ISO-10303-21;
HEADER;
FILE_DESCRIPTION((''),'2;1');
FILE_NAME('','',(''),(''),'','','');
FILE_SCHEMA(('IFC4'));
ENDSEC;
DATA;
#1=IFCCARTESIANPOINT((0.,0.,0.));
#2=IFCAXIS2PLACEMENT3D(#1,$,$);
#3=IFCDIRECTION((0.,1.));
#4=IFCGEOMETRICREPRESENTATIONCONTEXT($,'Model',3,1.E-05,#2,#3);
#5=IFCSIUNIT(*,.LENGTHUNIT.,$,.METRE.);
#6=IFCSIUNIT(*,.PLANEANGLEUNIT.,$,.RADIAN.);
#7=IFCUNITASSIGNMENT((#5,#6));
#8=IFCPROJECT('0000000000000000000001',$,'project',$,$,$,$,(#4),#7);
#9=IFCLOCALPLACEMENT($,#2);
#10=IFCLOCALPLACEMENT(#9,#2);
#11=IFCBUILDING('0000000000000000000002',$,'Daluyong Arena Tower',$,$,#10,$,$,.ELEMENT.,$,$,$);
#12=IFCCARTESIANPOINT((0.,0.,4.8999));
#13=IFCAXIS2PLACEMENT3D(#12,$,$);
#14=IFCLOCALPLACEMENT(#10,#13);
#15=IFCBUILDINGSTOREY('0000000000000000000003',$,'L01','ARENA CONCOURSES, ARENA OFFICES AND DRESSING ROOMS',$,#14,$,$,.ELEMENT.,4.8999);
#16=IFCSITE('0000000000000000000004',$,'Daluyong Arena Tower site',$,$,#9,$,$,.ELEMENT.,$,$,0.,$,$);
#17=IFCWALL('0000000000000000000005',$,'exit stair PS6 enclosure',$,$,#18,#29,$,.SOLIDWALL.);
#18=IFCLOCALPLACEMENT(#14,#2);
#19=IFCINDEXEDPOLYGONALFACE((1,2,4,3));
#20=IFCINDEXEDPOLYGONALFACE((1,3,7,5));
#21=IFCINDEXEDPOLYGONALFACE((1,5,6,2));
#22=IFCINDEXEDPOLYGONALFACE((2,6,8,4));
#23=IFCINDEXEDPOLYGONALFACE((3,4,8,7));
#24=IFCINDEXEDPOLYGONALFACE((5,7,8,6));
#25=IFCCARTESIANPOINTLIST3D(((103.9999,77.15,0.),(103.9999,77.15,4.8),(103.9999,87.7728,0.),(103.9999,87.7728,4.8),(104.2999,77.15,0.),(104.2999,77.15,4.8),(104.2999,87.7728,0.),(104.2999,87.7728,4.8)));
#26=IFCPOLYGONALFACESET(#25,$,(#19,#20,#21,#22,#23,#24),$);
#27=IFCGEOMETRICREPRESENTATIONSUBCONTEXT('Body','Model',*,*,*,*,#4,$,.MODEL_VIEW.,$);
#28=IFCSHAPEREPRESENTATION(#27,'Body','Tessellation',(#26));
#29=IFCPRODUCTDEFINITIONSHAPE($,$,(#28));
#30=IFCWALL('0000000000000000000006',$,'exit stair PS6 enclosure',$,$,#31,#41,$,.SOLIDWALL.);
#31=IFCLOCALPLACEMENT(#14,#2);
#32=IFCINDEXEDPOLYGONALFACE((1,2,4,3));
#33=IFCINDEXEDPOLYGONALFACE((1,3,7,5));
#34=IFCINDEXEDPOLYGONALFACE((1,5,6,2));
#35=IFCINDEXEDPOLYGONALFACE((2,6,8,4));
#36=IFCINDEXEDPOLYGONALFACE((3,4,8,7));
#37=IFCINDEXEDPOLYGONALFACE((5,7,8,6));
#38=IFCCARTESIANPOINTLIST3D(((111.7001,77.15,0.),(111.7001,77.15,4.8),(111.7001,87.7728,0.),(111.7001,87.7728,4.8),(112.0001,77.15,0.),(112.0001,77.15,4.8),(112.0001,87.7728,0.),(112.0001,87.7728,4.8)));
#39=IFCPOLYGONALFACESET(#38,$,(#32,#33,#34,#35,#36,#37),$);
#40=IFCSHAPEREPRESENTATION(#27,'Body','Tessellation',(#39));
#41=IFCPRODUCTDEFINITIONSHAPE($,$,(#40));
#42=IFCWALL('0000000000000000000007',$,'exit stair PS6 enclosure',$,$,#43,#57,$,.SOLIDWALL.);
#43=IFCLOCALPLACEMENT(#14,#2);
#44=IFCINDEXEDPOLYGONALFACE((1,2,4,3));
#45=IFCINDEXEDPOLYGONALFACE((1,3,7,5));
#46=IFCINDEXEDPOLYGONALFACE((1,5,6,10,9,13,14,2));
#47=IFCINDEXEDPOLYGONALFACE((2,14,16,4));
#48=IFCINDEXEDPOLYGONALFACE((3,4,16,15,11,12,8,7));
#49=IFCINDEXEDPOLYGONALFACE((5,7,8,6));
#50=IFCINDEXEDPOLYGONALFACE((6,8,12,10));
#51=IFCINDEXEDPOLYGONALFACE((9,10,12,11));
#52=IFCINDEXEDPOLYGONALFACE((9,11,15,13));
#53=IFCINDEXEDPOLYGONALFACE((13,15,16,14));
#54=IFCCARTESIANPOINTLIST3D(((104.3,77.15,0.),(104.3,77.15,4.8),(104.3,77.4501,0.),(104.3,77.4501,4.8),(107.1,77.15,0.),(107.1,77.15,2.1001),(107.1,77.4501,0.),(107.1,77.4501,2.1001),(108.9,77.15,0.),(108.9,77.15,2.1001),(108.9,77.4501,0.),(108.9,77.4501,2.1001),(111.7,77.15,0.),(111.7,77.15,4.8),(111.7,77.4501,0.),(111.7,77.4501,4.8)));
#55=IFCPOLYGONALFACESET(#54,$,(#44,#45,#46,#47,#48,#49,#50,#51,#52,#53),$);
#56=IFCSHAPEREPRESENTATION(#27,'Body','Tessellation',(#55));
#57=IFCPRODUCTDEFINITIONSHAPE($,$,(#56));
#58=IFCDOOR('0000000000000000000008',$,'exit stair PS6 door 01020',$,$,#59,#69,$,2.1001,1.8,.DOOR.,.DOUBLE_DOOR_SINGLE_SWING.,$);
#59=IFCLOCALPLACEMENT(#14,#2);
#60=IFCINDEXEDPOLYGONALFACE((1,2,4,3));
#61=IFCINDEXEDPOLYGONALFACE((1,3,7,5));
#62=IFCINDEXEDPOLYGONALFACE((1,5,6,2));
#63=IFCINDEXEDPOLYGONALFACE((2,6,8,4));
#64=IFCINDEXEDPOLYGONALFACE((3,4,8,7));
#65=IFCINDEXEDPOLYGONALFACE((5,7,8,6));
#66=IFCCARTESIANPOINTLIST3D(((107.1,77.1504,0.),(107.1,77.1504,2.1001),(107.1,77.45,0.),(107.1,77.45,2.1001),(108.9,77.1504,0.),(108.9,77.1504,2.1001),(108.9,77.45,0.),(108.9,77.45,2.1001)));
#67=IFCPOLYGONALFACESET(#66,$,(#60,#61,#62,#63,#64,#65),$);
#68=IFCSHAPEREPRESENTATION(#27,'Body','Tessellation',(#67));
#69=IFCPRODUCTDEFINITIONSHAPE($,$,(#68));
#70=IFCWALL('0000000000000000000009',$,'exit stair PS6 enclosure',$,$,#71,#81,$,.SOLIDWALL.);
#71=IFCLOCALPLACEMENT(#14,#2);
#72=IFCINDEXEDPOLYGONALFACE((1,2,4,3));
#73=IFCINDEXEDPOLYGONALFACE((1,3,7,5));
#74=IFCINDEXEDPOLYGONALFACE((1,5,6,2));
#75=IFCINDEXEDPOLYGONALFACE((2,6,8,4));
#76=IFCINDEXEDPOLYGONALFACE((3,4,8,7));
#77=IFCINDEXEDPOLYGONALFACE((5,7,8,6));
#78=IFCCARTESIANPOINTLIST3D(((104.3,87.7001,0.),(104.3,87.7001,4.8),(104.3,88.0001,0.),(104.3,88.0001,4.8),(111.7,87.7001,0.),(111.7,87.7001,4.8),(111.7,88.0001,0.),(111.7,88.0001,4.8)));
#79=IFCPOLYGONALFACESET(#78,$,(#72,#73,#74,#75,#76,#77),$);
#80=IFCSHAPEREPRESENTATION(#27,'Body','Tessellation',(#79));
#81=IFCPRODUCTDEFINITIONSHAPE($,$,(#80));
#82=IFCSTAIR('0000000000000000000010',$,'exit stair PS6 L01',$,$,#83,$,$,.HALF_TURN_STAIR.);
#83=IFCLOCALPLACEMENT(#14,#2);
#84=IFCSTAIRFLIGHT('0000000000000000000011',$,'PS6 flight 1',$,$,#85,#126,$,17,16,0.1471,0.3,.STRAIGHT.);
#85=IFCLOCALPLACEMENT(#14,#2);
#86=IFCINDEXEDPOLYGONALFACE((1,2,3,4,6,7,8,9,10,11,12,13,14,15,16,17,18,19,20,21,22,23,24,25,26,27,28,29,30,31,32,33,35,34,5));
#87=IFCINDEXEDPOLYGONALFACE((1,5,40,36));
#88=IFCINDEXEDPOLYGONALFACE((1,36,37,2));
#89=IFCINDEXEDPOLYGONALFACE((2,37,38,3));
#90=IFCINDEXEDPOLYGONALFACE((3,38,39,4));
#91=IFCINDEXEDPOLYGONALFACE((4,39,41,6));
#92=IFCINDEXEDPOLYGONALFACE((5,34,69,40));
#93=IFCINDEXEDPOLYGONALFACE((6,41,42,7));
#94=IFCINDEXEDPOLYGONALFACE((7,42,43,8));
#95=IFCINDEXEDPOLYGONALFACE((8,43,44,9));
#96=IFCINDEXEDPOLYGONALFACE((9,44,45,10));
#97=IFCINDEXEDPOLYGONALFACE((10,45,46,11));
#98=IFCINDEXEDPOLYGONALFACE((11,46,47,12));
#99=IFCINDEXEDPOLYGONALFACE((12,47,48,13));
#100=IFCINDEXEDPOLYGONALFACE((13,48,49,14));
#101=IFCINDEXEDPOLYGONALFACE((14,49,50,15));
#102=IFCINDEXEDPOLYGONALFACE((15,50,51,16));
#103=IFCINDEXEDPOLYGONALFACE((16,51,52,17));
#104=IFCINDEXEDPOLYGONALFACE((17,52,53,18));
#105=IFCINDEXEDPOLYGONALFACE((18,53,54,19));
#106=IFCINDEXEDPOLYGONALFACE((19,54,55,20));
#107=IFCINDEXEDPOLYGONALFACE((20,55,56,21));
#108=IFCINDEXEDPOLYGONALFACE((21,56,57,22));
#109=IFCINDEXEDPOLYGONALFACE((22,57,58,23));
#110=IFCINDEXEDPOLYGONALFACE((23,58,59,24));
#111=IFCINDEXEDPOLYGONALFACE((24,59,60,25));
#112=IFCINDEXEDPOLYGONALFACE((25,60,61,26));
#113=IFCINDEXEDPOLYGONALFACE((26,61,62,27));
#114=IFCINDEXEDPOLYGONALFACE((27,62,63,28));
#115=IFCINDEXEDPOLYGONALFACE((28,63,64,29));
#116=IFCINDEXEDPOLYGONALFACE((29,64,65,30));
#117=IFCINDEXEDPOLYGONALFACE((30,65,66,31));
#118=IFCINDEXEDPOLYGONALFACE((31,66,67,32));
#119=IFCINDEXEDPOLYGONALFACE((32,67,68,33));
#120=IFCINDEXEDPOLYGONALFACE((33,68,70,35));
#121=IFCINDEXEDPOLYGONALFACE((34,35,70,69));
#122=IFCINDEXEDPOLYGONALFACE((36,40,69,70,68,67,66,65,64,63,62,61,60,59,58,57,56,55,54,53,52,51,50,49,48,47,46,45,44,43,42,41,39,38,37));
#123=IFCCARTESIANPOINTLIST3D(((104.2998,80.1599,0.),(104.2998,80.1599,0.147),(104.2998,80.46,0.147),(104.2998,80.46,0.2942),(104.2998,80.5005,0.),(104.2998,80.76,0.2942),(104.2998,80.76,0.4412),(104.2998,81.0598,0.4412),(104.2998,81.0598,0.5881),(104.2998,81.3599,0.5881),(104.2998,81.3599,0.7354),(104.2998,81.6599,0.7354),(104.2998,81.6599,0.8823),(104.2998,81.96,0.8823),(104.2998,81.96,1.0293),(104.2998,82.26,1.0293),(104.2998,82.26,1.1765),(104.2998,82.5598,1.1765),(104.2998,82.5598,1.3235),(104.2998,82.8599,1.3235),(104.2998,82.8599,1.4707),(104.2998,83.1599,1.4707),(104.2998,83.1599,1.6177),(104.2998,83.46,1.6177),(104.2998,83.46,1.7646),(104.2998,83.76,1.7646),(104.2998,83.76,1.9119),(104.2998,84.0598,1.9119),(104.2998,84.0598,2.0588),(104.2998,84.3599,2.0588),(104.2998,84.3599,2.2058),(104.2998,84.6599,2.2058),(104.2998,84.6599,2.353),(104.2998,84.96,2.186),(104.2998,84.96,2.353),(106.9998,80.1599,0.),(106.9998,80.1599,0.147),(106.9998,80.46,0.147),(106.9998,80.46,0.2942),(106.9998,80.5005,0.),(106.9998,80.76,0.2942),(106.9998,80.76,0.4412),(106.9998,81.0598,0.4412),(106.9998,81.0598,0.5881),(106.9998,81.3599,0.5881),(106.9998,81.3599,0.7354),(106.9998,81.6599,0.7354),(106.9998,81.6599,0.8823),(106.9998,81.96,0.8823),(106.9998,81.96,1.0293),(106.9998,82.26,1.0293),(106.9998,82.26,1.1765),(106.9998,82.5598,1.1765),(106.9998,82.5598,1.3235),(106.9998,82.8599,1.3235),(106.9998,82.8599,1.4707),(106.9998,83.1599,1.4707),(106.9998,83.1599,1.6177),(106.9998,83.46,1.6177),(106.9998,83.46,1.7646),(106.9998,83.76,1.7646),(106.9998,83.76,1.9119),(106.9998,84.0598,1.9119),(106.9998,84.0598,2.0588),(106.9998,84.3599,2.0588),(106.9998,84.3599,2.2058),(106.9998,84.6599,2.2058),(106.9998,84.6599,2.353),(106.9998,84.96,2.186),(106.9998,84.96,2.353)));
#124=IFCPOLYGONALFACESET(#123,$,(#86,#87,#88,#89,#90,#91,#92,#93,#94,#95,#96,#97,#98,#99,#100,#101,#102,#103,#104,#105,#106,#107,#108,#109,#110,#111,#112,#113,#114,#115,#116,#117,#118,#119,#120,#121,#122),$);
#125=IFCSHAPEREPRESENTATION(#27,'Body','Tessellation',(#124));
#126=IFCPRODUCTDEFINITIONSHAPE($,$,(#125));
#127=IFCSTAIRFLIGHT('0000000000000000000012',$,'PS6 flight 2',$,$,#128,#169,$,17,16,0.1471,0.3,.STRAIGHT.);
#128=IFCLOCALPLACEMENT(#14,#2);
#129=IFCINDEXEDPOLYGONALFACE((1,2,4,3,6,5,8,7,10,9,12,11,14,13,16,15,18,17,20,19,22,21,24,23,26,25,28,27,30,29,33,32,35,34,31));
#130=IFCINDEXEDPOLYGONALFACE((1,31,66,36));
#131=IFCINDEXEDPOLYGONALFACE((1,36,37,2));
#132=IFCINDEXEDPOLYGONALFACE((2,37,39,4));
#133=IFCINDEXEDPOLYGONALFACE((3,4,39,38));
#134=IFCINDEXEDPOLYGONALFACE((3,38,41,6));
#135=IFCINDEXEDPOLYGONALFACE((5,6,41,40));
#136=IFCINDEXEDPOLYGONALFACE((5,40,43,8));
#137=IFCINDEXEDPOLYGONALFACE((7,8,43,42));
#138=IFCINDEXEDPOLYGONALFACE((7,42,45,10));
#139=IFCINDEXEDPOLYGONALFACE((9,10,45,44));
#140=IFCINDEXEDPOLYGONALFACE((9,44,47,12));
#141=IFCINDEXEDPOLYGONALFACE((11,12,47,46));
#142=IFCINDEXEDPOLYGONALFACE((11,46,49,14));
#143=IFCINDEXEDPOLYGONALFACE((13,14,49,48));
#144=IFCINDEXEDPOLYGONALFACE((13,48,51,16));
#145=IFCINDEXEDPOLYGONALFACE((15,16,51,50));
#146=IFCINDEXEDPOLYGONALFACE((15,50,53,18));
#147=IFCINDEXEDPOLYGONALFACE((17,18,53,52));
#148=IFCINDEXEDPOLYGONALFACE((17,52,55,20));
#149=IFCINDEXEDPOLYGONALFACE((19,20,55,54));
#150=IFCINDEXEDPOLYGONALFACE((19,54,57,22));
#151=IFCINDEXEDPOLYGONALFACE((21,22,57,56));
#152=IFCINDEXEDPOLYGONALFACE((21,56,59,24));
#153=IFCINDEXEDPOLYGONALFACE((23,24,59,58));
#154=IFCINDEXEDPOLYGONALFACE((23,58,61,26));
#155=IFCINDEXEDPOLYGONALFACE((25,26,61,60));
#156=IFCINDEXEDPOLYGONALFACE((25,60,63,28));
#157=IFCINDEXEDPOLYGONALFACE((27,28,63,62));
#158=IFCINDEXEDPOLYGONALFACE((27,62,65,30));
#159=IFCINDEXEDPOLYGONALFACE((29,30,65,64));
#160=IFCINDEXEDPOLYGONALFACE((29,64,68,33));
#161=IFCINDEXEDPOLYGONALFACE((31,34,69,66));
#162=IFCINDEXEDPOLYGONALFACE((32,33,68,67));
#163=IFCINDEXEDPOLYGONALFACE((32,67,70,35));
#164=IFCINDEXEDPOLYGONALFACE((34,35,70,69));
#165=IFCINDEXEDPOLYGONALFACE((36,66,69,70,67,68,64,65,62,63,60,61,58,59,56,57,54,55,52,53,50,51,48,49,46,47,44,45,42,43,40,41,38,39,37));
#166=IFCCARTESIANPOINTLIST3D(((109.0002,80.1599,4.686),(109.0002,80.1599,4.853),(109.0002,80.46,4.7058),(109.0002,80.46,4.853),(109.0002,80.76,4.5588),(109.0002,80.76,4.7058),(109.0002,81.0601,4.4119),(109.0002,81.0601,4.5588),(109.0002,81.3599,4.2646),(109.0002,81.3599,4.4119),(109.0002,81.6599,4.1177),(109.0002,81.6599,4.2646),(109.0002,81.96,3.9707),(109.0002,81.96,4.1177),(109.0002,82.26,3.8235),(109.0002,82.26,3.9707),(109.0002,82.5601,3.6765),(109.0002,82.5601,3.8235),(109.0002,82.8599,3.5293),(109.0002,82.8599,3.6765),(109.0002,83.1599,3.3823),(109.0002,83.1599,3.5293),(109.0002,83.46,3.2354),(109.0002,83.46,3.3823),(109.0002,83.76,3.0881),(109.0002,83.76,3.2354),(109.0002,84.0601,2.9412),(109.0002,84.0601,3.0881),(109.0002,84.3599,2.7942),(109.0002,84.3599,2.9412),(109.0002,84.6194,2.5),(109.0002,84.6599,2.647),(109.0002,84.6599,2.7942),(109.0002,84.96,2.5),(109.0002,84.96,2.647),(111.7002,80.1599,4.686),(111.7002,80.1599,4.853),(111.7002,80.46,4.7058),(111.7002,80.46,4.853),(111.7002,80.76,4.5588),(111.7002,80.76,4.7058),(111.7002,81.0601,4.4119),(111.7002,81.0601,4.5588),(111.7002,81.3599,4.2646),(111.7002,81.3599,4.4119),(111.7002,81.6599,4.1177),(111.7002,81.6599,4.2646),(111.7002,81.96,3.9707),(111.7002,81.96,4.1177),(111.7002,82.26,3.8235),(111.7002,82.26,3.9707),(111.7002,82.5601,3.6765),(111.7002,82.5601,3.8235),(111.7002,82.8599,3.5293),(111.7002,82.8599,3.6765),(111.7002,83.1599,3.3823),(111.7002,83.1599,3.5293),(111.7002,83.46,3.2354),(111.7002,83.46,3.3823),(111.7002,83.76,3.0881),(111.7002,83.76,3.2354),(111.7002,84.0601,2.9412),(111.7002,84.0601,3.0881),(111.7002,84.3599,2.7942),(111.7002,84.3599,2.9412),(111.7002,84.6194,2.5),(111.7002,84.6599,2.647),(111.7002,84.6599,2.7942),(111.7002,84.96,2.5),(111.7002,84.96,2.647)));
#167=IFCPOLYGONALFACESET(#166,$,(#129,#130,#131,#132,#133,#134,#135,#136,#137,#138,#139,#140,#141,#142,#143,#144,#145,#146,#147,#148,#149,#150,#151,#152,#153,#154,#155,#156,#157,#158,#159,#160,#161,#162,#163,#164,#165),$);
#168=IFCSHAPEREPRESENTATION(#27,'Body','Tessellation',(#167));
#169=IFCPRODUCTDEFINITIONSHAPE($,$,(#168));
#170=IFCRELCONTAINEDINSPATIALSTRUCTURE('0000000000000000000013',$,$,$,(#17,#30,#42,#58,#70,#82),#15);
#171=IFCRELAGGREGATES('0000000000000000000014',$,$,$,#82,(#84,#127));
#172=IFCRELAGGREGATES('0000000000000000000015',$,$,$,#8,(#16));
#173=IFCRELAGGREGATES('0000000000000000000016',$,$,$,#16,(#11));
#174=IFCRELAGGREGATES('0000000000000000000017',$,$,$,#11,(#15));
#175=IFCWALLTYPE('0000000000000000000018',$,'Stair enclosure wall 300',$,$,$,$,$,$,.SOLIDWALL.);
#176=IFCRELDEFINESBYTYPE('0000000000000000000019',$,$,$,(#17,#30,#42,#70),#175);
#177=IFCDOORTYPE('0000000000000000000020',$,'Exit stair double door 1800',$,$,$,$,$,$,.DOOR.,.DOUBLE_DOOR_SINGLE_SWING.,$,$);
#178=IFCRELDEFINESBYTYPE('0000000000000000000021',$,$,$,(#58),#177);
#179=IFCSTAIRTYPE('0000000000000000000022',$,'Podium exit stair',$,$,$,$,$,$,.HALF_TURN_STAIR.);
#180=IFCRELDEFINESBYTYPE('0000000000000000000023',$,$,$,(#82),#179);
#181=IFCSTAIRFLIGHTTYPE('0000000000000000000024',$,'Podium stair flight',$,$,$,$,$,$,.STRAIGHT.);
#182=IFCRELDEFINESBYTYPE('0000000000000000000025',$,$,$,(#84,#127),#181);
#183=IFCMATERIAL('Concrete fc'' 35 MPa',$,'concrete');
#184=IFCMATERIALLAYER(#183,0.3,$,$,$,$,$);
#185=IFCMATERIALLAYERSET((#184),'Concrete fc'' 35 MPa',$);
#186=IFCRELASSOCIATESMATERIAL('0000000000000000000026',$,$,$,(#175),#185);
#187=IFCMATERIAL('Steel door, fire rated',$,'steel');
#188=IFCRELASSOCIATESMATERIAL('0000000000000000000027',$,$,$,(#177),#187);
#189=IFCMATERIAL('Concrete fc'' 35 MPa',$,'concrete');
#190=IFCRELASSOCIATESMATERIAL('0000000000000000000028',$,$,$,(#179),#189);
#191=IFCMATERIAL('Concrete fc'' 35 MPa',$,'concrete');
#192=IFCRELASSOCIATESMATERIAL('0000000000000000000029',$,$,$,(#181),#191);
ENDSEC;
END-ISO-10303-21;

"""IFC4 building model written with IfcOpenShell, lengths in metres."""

from ifc_helpers import new_model, si_unit, direction, frame, frame_2d, origin, place, context, subcontext, project, spatial, polyline, rectangle, outline, extrude, material, layer, layer_set, type_object, element, fill, aggregate, save


model = new_model("IFC4")

# Units and contexts
model_context = context("Model", 3, precision=1e-05, world=origin(), true_north=direction((0.0, 1.0)))
body_context = subcontext(model_context, "Body", "Model", "MODEL_VIEW")
ifc_project = project(units=[si_unit("LENGTHUNIT", "METRE"), si_unit("PLANEANGLEUNIT", "RADIAN")], contexts=[model_context])

# Site, building, storey
site_placement = place(None, origin())
site = spatial("IfcSite", under=ifc_project, at=site_placement, Name="Daluyong Arena Tower site", CompositionType="ELEMENT", RefElevation=0.0)
building_placement = place(site_placement, origin())
building = spatial("IfcBuilding", under=site, at=building_placement, Name="Daluyong Arena Tower", CompositionType="ELEMENT")
storey_placement = place(building_placement, frame((0.0, 0.0, 4.8999)))
storey = spatial("IfcBuildingStorey", under=building, at=storey_placement, Name="L01", Description="ARENA CONCOURSES, ARENA OFFICES AND DRESSING ROOMS", CompositionType="ELEMENT", Elevation=4.8999)

# Walls
ifc_material_1 = material(Name="Concrete fc' 35 MPa", Category="concrete")
ifc_layer_1 = layer(ifc_material_1, 0.3)
ifc_layer_set_1 = layer_set([ifc_layer_1], Name="Concrete fc' 35 MPa")
wall_type_1 = type_object("IfcWallType", Name="Stair enclosure wall 300", PredefinedType="SOLIDWALL", material=ifc_layer_set_1)
for number, where, z_axis, x_axis, name in (
    (1, (104.1499, 77.1499, 0.0), (0.0, 0.0, 1.0), (0.0, 1.0, 0.0), "exit stair PS6 enclosure"),
    (2, (111.8501, 77.1499, 0.0), (0.0, 0.0, 1.0), (0.0, 1.0, 0.0), "exit stair PS6 enclosure"),
):
    element("IfcWall", number, at=place(storey_placement, frame(where, z_axis=z_axis, x_axis=x_axis)), inside=storey, type_object=wall_type_1, Name=name, PredefinedType="SOLIDWALL", context=body_context, shape_type="SweptSolid", body=[
        extrude(rectangle(XDim=10.6228, YDim=0.3, at=frame_2d((5.3115, 0.0))), origin(), (0.0, 0.0, 1.0), 4.8),
    ])

# Wall, opening, door
wall_1_placement = place(storey_placement, frame((104.3, 77.3, 0.0), z_axis=(0.0, 0.0, 1.0), x_axis=(1.0, 0.0, 0.0)))
wall_1 = element("IfcWall", 3, at=wall_1_placement, inside=storey, type_object=wall_type_1, Name="exit stair PS6 enclosure", PredefinedType="SOLIDWALL", context=body_context, shape_type="SweptSolid", body=[
    extrude(rectangle(XDim=7.3999, YDim=0.3, at=frame_2d((3.7, 0.0))), origin(), (0.0, 0.0, 1.0), 4.8),
])
opening_placement = place(wall_1_placement, frame((2.8, 0.0, 0.0)))
opening = element("IfcOpeningElement", 4, at=opening_placement, cuts=wall_1, PredefinedType="OPENING", context=body_context, shape_type="SweptSolid", body=[
    extrude(rectangle(XDim=1.8, YDim=2.1001, at=frame_2d((0.8999, 1.05))), frame((0.0, 0.1599, 0.0), z_axis=(0.0, -1.0, 0.0), x_axis=(1.0, 0.0, 0.0)), (0.0, 0.0, 1.0), 0.3201),
])
ifc_material_2 = material(Name="Steel door, fire rated", Category="steel")
door_type = type_object("IfcDoorType", Name="Exit stair double door 1800", OperationType="DOUBLE_DOOR_SINGLE_SWING", PredefinedType="DOOR", material=ifc_material_2)
door_placement = place(opening_placement, origin())
door = element("IfcDoor", 5, at=door_placement, inside=storey, type_object=door_type, Name="exit stair PS6 door 01020", OperationType="DOUBLE_DOOR_SINGLE_SWING", OverallHeight=2.1001, OverallWidth=1.8, PredefinedType="DOOR", context=body_context, shape_type="SweptSolid", body=[
    extrude(rectangle(XDim=1.8, YDim=2.1001, at=frame_2d((0.8999, 1.05))), frame((0.0, 0.1499, 0.0), z_axis=(0.0, -1.0, 0.0), x_axis=(1.0, 0.0, 0.0)), (0.0, 0.0, 1.0), 0.2996),
])
fill(opening, door)

# Wall
wall_2_placement = place(storey_placement, frame((104.3, 87.8501, 0.0), z_axis=(0.0, 0.0, 1.0), x_axis=(1.0, 0.0, 0.0)))
element("IfcWall", 6, at=wall_2_placement, inside=storey, type_object=wall_type_1, Name="exit stair PS6 enclosure", PredefinedType="SOLIDWALL", context=body_context, shape_type="SweptSolid", body=[
    extrude(rectangle(XDim=7.3999, YDim=0.3, at=frame_2d((3.7, 0.0))), origin(), (0.0, 0.0, 1.0), 4.8),
])

# Stair, stair flights
ifc_material_3 = material(Name="Concrete fc' 35 MPa", Category="concrete")
stair_type = type_object("IfcStairType", Name="Podium exit stair", PredefinedType="HALF_TURN_STAIR", material=ifc_material_3)
stair_placement = place(storey_placement, origin())
stair = element("IfcStair", 7, at=stair_placement, inside=storey, type_object=stair_type, Name="exit stair PS6 L01", PredefinedType="HALF_TURN_STAIR")
ifc_material_4 = material(Name="Concrete fc' 35 MPa", Category="concrete")
stair_flight_type = type_object("IfcStairFlightType", Name="Podium stair flight", PredefinedType="STRAIGHT", material=ifc_material_4)
stair_flight_1_placement = place(storey_placement, frame((105.6499, 80.1599, 0.0), z_axis=(0.0, 0.0, 1.0), x_axis=(0.0, 1.0, 0.0)))
stair_flight_1 = element("IfcStairFlight", 8, at=stair_flight_1_placement, type_object=stair_flight_type, Name="PS6 flight 1", NumberOfRisers=17, NumberOfTreads=16, PredefinedType="STRAIGHT", RiserHeight=0.1471, TreadLength=0.3, context=body_context, shape_type="SweptSolid", body=[
    extrude(outline(polyline([(0.0, 0.0), (0.0, 0.147), (0.3, 0.147), (0.3, 0.2942), (0.6001, 0.2942), (0.6001, 0.4412), (0.8999, 0.4412), (0.8999, 0.5881), (1.2, 0.5881), (1.2, 0.7354), (1.5, 0.7354), (1.5, 0.8823), (1.8, 0.8823), (1.8, 1.0293), (2.1001, 1.0293), (2.1001, 1.1765), (2.3999, 1.1765), (2.3999, 1.3235), (2.7, 1.3235), (2.7, 1.4707), (3.0, 1.4707), (3.0, 1.6177), (3.3, 1.6177), (3.3, 1.7646), (3.6001, 1.7646), (3.6001, 1.9119), (3.8999, 1.9119), (3.8999, 2.0588), (4.2, 2.0588), (4.2, 2.2058), (4.5, 2.2058), (4.5, 2.353), (4.8, 2.353), (4.8, 2.5), (4.8, 2.186), (0.3406, 0.0), (0.0, 0.0)])), frame((0.0, 1.3501, 0.0), z_axis=(0.0, -1.0, 0.0), x_axis=(1.0, 0.0, 0.0)), (0.0, 0.0, 1.0), 2.7),
])
stair_flight_2_placement = place(storey_placement, frame((110.3501, 84.96, 2.5), z_axis=(0.0, 0.0, 1.0), x_axis=(0.0, -1.0, 0.0)))
stair_flight_2 = element("IfcStairFlight", 9, at=stair_flight_2_placement, type_object=stair_flight_type, Name="PS6 flight 2", NumberOfRisers=17, NumberOfTreads=16, PredefinedType="STRAIGHT", RiserHeight=0.1471, TreadLength=0.3, context=body_context, shape_type="SweptSolid", body=[
    extrude(outline(polyline([(0.0, 0.0), (0.0, 0.147), (0.3, 0.147), (0.3, 0.2942), (0.6001, 0.2942), (0.6001, 0.4412), (0.8999, 0.4412), (0.8999, 0.5881), (1.2, 0.5881), (1.2, 0.7354), (1.5, 0.7354), (1.5, 0.8823), (1.8, 0.8823), (1.8, 1.0293), (2.1001, 1.0293), (2.1001, 1.1765), (2.3999, 1.1765), (2.3999, 1.3235), (2.7, 1.3235), (2.7, 1.4707), (3.0, 1.4707), (3.0, 1.6177), (3.3, 1.6177), (3.3, 1.7646), (3.6001, 1.7646), (3.6001, 1.9119), (3.8999, 1.9119), (3.8999, 2.0588), (4.2, 2.0588), (4.2, 2.2058), (4.5, 2.2058), (4.5, 2.353), (4.8, 2.353), (4.8, 2.5), (4.8, 2.186), (0.3406, 0.0), (0.0, 0.0)])), frame((0.0, 1.3501, 0.0), z_axis=(0.0, -1.0, 0.0), x_axis=(1.0, 0.0, 0.0)), (0.0, 0.0, 1.0), 2.7),
])
aggregate(stair, [stair_flight_1, stair_flight_2])

save(model, "model.ifc")
